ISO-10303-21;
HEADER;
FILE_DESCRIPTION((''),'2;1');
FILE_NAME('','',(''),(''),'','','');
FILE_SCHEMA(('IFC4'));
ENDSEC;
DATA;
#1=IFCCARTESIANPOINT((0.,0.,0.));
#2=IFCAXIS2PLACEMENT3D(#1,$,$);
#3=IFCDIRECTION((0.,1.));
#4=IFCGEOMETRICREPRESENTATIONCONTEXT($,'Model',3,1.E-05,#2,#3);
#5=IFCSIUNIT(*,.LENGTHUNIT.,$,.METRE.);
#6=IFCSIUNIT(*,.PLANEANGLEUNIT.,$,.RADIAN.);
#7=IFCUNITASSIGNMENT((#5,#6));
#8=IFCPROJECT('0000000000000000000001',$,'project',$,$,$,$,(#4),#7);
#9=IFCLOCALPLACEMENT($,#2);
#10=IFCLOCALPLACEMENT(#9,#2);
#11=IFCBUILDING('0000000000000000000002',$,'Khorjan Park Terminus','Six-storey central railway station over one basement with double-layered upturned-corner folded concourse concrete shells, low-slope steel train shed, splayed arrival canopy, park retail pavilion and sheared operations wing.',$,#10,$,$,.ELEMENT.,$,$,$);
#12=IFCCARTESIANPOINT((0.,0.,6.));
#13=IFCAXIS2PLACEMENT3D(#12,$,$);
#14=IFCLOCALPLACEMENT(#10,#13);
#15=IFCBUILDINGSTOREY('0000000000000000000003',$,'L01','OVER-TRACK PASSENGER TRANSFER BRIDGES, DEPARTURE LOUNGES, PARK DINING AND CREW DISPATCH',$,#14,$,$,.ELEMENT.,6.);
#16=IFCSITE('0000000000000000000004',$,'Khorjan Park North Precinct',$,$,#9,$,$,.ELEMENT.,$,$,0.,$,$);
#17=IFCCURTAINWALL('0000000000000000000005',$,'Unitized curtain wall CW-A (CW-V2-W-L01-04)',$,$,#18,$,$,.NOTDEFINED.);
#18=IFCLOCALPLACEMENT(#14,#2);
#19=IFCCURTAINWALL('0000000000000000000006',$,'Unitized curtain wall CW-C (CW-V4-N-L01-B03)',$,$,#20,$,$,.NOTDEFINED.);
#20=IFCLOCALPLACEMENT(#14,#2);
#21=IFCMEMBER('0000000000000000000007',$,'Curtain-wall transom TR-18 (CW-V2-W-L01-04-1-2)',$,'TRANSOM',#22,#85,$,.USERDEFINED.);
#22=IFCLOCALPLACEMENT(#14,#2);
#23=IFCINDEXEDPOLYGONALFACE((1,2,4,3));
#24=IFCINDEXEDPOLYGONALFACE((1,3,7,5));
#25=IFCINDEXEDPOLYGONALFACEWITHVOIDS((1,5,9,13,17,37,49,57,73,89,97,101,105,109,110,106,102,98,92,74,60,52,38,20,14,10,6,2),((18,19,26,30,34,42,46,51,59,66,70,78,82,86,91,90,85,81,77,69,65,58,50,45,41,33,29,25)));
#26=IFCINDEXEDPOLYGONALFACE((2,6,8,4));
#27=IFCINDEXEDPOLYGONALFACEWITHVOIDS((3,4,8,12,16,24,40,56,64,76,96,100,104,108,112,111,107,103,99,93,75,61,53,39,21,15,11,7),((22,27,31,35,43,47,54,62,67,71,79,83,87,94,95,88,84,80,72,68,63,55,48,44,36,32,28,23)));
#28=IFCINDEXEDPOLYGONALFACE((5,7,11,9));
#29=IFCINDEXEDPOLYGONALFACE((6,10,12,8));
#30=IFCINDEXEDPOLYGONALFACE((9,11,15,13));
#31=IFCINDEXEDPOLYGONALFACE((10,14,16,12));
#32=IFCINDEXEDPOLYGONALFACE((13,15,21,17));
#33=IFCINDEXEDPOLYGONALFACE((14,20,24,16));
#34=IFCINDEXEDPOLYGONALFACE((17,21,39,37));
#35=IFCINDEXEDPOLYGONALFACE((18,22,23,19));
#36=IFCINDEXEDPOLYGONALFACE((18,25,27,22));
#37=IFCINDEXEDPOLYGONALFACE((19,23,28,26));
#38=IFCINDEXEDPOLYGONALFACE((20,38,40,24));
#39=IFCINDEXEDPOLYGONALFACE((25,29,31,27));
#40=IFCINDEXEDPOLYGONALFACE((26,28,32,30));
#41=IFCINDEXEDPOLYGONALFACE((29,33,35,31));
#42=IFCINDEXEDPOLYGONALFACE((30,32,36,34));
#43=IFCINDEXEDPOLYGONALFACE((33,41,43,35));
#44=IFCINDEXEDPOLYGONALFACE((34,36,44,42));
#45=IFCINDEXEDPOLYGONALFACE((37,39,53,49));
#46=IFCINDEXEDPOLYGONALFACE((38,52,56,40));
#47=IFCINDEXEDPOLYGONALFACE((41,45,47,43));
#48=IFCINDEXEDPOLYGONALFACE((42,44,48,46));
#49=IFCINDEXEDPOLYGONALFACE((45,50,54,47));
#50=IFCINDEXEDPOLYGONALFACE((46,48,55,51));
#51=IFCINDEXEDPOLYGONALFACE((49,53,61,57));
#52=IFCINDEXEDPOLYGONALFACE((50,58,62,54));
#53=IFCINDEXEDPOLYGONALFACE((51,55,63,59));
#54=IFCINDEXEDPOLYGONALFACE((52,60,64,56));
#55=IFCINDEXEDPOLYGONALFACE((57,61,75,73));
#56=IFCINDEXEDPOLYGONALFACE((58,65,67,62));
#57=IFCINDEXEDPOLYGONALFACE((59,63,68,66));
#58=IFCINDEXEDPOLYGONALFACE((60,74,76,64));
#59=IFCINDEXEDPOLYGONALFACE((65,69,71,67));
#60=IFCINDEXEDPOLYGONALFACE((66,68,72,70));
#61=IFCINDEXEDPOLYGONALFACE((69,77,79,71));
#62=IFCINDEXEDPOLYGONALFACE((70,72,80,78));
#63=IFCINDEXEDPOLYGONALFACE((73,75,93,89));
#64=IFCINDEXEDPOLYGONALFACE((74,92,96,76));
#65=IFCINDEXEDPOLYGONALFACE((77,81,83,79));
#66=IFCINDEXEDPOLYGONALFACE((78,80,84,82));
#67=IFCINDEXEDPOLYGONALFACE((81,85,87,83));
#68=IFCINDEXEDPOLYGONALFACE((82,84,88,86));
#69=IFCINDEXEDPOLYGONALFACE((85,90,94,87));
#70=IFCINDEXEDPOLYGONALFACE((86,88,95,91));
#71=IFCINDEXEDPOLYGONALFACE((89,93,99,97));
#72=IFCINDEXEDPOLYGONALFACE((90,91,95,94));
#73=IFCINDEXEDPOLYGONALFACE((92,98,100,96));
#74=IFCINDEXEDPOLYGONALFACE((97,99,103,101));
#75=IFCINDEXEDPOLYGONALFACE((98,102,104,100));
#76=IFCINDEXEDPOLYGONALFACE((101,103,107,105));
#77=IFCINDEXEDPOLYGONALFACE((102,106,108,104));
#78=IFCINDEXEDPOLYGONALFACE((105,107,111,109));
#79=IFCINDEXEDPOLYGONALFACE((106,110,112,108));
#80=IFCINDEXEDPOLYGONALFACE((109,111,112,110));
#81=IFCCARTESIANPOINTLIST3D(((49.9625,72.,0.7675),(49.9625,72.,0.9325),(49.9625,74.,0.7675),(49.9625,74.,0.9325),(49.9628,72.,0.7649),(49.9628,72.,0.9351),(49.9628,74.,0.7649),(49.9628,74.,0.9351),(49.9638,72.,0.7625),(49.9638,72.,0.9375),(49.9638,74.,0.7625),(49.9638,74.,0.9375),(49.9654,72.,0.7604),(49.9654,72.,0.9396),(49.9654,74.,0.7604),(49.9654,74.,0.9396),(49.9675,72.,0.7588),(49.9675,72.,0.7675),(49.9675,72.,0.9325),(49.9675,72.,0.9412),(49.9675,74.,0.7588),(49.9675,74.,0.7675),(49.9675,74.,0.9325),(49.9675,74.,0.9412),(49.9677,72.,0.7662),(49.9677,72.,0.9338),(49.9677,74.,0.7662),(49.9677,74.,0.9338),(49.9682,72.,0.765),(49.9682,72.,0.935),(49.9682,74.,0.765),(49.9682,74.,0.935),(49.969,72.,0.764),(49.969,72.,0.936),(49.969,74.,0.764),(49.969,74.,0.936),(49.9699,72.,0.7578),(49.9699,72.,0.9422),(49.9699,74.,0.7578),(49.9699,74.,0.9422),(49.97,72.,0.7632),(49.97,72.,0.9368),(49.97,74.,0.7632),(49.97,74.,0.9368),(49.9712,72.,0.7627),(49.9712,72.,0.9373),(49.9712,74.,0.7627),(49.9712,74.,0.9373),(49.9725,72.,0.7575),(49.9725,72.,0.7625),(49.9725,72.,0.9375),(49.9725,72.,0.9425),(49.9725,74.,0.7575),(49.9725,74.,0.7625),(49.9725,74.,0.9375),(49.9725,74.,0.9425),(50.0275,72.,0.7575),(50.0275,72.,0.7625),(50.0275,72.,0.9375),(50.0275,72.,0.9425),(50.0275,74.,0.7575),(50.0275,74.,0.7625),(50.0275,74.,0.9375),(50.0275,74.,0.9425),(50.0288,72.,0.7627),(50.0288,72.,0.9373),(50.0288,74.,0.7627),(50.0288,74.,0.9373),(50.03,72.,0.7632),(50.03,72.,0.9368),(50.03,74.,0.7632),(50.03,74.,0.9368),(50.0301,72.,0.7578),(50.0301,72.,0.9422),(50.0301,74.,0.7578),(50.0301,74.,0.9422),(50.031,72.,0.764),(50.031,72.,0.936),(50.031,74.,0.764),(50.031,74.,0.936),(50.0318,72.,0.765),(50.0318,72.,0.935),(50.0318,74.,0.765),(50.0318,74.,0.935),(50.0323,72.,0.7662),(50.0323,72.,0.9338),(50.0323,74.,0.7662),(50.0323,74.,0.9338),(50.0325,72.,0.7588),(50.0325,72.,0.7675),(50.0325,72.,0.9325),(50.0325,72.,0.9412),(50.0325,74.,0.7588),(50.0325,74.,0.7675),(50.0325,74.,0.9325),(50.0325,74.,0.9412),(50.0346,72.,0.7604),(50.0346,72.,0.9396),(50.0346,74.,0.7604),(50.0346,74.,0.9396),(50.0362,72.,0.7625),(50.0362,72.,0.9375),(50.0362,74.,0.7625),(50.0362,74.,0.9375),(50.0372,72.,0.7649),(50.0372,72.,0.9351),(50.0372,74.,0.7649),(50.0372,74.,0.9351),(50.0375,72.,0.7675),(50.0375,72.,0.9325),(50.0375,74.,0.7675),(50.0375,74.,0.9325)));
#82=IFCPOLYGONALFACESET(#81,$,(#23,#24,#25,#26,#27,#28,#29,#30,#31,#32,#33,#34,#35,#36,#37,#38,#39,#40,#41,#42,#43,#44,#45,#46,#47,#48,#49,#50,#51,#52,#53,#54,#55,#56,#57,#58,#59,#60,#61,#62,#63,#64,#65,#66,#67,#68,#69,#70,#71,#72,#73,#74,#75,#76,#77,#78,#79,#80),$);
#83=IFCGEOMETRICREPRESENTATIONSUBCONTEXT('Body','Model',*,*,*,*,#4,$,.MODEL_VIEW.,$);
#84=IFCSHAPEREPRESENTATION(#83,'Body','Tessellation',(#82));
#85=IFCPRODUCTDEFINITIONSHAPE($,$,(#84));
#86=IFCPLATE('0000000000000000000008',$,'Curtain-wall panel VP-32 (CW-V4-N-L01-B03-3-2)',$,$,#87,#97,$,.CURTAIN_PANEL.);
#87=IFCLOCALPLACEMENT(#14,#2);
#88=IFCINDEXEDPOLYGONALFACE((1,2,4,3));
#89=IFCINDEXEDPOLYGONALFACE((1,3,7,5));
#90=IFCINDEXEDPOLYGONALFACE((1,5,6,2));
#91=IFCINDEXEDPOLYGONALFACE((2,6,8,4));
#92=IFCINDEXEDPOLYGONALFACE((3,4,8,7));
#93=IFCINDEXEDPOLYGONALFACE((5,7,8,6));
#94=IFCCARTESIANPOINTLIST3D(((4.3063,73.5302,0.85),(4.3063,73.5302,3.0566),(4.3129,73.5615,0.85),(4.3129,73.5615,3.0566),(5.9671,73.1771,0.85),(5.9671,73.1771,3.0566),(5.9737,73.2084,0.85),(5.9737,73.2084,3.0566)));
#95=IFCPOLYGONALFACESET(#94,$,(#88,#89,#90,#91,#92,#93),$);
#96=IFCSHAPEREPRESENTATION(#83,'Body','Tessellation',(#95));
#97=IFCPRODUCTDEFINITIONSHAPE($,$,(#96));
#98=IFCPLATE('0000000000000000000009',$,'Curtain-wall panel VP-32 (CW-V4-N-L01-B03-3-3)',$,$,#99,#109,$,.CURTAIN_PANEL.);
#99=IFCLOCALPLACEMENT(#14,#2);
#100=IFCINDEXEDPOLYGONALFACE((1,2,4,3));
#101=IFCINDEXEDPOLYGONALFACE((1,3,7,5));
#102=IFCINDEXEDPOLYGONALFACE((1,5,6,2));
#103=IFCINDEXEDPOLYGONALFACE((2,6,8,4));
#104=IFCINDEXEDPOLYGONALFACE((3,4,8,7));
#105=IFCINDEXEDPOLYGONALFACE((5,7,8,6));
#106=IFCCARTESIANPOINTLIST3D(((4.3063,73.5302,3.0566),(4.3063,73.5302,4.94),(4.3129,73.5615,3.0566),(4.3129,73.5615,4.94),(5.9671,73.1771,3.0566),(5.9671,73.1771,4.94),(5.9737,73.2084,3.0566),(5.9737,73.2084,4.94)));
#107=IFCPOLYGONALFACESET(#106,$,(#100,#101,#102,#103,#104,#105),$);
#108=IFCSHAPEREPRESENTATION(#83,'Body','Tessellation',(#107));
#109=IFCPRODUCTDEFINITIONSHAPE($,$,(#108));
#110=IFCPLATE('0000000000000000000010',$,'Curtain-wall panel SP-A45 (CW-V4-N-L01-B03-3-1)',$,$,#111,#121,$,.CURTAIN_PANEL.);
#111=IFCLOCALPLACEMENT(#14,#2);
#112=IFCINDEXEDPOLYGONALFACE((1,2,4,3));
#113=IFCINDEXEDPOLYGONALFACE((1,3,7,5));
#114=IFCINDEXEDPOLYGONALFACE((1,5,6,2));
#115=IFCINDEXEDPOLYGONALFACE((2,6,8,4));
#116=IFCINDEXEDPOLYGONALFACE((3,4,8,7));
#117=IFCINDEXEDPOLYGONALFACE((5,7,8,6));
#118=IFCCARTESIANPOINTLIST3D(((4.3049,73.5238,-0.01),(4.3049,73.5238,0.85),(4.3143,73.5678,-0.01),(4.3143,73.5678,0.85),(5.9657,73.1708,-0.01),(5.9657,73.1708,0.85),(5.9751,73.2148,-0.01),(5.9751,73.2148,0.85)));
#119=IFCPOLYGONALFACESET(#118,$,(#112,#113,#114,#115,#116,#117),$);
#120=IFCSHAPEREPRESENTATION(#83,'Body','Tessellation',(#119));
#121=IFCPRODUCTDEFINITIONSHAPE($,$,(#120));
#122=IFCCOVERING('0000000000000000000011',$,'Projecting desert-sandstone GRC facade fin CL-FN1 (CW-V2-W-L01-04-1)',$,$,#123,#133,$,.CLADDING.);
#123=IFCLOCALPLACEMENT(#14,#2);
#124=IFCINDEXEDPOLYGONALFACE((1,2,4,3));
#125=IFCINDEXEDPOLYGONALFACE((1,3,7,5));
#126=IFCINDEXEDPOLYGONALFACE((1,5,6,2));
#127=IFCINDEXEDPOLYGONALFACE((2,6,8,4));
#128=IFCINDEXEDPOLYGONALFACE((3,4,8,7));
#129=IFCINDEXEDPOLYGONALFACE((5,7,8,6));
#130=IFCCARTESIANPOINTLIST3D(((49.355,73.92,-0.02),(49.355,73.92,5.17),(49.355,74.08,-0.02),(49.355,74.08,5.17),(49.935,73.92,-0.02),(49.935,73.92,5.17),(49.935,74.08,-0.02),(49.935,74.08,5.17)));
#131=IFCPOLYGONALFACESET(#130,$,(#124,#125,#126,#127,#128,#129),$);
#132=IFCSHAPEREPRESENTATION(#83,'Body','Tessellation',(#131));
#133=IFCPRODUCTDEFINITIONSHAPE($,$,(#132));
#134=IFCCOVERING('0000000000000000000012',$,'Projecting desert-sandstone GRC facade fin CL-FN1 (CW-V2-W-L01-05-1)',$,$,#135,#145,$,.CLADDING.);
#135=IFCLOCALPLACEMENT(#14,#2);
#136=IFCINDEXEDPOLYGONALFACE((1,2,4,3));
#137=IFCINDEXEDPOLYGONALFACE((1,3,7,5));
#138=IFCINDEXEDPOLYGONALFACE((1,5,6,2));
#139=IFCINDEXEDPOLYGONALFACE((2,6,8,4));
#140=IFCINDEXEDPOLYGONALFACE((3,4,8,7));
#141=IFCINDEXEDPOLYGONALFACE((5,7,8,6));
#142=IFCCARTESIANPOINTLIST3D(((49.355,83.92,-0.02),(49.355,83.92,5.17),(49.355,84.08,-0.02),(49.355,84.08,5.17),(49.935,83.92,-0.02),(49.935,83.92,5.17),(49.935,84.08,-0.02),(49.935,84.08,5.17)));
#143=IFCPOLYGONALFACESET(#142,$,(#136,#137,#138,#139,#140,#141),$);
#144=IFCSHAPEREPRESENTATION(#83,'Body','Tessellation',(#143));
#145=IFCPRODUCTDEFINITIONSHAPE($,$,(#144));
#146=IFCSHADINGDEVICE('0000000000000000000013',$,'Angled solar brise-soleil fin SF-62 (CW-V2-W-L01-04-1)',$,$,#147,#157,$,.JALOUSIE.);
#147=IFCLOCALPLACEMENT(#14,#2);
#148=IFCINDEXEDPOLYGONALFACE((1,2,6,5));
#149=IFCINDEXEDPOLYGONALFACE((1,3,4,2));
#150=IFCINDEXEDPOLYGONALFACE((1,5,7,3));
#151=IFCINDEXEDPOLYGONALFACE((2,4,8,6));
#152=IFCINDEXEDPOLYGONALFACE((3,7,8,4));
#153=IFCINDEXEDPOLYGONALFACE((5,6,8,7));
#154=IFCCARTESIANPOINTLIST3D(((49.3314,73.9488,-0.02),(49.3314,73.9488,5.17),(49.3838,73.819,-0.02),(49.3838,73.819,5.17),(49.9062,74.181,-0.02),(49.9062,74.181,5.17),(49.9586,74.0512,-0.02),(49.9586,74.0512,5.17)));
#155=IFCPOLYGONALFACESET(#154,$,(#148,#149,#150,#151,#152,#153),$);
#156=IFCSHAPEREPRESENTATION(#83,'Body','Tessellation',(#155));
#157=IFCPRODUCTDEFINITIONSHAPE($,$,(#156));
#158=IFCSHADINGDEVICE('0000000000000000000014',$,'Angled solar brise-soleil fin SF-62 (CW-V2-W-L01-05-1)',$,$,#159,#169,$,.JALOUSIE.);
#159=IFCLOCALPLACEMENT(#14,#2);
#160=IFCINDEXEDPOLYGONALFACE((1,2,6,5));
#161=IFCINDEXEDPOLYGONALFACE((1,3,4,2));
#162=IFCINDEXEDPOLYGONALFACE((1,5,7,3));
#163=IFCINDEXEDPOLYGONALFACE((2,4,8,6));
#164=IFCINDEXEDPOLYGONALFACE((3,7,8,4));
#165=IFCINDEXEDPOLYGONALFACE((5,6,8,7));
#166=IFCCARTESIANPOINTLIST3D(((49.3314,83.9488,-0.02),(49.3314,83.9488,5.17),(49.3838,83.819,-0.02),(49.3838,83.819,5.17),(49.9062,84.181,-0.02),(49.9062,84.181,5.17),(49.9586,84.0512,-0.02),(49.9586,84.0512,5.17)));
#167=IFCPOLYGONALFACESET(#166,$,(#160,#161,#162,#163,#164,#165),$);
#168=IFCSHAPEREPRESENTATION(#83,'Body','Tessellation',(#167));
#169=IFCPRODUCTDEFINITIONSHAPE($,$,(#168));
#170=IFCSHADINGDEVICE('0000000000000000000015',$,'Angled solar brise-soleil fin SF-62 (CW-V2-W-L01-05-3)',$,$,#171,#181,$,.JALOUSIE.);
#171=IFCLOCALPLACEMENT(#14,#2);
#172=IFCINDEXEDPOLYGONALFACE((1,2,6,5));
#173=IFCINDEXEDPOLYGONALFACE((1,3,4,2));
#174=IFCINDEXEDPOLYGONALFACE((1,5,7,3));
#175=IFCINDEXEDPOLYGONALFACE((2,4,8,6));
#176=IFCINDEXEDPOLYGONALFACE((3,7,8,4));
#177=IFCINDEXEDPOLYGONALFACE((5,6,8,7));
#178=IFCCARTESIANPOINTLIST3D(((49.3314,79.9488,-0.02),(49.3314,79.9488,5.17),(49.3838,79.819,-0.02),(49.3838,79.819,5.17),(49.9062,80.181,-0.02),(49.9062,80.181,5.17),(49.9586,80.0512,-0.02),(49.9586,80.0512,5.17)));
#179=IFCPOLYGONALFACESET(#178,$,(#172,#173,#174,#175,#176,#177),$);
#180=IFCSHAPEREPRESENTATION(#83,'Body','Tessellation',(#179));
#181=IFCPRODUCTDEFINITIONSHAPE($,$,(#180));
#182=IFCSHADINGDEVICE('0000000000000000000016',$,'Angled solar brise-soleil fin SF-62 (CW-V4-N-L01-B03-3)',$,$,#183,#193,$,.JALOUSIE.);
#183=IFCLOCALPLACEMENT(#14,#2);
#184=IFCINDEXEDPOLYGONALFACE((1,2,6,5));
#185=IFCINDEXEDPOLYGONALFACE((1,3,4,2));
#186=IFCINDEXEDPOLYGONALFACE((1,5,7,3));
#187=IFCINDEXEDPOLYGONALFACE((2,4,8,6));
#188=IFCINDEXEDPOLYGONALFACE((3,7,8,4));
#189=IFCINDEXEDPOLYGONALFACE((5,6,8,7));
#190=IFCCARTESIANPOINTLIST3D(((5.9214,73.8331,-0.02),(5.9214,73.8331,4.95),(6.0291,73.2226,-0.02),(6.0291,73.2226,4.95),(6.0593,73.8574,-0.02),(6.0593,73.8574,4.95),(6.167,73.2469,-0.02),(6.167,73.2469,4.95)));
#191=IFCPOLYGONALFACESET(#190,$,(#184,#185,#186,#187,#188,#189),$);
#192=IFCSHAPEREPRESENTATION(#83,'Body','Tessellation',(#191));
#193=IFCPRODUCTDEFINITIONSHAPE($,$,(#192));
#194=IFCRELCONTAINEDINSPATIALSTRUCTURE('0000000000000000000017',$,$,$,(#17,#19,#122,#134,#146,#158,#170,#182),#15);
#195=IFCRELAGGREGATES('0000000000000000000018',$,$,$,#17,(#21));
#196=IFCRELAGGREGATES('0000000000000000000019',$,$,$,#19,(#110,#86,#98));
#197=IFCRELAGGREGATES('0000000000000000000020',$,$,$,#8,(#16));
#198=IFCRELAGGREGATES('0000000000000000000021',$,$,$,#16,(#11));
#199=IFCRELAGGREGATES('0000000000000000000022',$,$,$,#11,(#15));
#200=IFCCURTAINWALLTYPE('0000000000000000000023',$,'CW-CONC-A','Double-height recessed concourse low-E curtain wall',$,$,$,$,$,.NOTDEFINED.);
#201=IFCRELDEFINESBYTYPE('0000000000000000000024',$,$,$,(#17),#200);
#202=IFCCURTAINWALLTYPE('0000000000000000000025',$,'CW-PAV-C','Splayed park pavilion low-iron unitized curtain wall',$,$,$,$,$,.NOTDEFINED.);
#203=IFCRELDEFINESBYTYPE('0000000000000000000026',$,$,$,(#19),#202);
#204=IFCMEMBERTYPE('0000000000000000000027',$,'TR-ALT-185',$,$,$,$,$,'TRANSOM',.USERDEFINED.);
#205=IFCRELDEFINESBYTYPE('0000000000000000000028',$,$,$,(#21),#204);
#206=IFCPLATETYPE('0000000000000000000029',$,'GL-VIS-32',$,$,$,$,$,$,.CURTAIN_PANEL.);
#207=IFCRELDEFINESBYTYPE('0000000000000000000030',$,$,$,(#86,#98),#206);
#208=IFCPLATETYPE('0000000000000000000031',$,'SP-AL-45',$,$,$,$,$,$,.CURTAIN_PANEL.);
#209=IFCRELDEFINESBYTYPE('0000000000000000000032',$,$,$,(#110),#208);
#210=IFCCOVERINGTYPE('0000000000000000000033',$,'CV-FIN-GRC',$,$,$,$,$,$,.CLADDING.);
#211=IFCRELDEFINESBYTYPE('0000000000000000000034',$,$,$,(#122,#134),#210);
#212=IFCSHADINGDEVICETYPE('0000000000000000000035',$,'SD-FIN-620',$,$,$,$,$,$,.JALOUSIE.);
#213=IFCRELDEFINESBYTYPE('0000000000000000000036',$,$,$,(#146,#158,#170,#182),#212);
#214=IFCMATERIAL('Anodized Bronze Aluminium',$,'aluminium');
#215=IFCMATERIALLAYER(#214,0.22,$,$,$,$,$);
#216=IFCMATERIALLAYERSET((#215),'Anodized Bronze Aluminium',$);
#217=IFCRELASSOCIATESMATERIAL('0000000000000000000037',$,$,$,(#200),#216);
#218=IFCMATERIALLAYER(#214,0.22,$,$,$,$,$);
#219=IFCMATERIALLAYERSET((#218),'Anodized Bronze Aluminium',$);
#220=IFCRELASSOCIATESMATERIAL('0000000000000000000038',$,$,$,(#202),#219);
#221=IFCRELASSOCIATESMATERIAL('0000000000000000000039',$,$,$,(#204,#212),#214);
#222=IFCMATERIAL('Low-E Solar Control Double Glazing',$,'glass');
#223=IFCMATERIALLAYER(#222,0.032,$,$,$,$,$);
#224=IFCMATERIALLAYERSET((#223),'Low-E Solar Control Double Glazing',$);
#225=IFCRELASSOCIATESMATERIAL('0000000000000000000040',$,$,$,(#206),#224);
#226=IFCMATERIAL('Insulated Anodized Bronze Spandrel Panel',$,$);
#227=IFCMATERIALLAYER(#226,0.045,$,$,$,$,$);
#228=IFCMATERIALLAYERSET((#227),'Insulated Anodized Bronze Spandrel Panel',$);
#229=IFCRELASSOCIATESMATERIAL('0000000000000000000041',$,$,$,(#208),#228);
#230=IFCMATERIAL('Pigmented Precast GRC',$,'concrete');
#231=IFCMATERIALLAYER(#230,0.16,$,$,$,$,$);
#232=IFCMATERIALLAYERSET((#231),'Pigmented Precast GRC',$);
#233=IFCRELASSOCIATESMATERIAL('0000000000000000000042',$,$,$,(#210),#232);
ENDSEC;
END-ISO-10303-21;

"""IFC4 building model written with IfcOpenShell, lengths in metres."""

from ifc_helpers import new_model, si_unit, direction, frame, origin, origin_2d, place, context, subcontext, project, spatial, rectangle, hollow_rectangle, extrude, material, layer, layer_set, material_profile, profile_set, type_object, element, aggregate, save


model = new_model("IFC4")

# Units and contexts
model_context = context("Model", 3, precision=1e-05, world=origin(), true_north=direction((0.0, 1.0)))
body_context = subcontext(model_context, "Body", "Model", "MODEL_VIEW")
ifc_project = project(units=[si_unit("LENGTHUNIT", "METRE"), si_unit("PLANEANGLEUNIT", "RADIAN")], contexts=[model_context])

# Site, building, storey
site_placement = place(None, origin())
site = spatial("IfcSite", under=ifc_project, at=site_placement, Name="Khorjan Park North Precinct", CompositionType="ELEMENT", RefElevation=0.0)
building_placement = place(site_placement, origin())
building = spatial("IfcBuilding", under=site, at=building_placement, Name="Khorjan Park Terminus", Description="Six-storey central railway station over one basement with double-layered upturned-corner folded concourse concrete shells, low-slope steel train shed, splayed arrival canopy, park retail pavilion and sheared operations wing.", CompositionType="ELEMENT")
storey_placement = place(building_placement, frame((0.0, 0.0, 6.0)))
storey = spatial("IfcBuildingStorey", under=building, at=storey_placement, Name="L01", Description="OVER-TRACK PASSENGER TRANSFER BRIDGES, DEPARTURE LOUNGES, PARK DINING AND CREW DISPATCH", CompositionType="ELEMENT", Elevation=6.0)

# Curtain wall
ifc_material_1 = material(Name="Anodized Bronze Aluminium", Category="aluminium")
ifc_layer_1 = layer(ifc_material_1, 0.22)
ifc_layer_set_1 = layer_set([ifc_layer_1], Name="Anodized Bronze Aluminium")
curtain_wall_type_1 = type_object("IfcCurtainWallType", Name="CW-CONC-A", Description="Double-height recessed concourse low-E curtain wall", PredefinedType="NOTDEFINED", material=ifc_layer_set_1)
curtain_wall_1_placement = place(storey_placement, origin())
curtain_wall_1 = element("IfcCurtainWall", 1, at=curtain_wall_1_placement, inside=storey, type_object=curtain_wall_type_1, Name="Unitized curtain wall CW-A (CW-V2-W-L01-04)", PredefinedType="NOTDEFINED")

# Curtain wall
ifc_layer_2 = layer(ifc_material_1, 0.22)
ifc_layer_set_2 = layer_set([ifc_layer_2], Name="Anodized Bronze Aluminium")
curtain_wall_type_2 = type_object("IfcCurtainWallType", Name="CW-PAV-C", Description="Splayed park pavilion low-iron unitized curtain wall", PredefinedType="NOTDEFINED", material=ifc_layer_set_2)
curtain_wall_2_placement = place(storey_placement, origin())
curtain_wall_2 = element("IfcCurtainWall", 2, at=curtain_wall_2_placement, inside=storey, type_object=curtain_wall_type_2, Name="Unitized curtain wall CW-C (CW-V4-N-L01-B03)", PredefinedType="NOTDEFINED")

# Member
ifc_material_profile_1 = material_profile(ifc_material_1, hollow_rectangle(XDim=0.075, YDim=0.185, WallThickness=0.005, InnerFilletRadius=0.005, OuterFilletRadius=0.01, at=origin_2d()), Name="ALT 75x185x5")
ifc_profile_set_1 = profile_set([ifc_material_profile_1], Name="Anodized Bronze Aluminium")
member_type_1 = type_object("IfcMemberType", Name="TR-ALT-185", ElementType="TRANSOM", PredefinedType="USERDEFINED", material=ifc_profile_set_1)
member_1_placement = place(storey_placement, frame((50.0, 74.0, 0.85), z_axis=(0.0, -1.0, 0.0), x_axis=(1.0, 0.0, 0.0)))
member_1 = element("IfcMember", 3, at=member_1_placement, type_object=member_type_1, Name="Curtain-wall transom TR-18 (CW-V2-W-L01-04-1-2)", ObjectType="TRANSOM", PredefinedType="USERDEFINED", context=body_context, shape_type="SweptSolid", body=[
    extrude(hollow_rectangle(XDim=0.075, YDim=0.185, WallThickness=0.005, InnerFilletRadius=0.005, OuterFilletRadius=0.01, at=origin_2d()), origin(), (0.0, 0.0, 1.0), 2.0),
])
aggregate(curtain_wall_1, [member_1])

# Plates
ifc_material_2 = material(Name="Low-E Solar Control Double Glazing", Category="glass")
ifc_layer_3 = layer(ifc_material_2, 0.032)
ifc_layer_set_3 = layer_set([ifc_layer_3], Name="Low-E Solar Control Double Glazing")
plate_type_1 = type_object("IfcPlateType", Name="GL-VIS-32", PredefinedType="CURTAIN_PANEL", material=ifc_layer_set_3)
plate_1_placement = place(storey_placement, frame((5.14, 73.3693, 0.85), z_axis=(0.0, 0.0, 1.0), x_axis=(-0.978146, 0.207917, 0.0)))
plate_1 = element("IfcPlate", 4, at=plate_1_placement, type_object=plate_type_1, Name="Curtain-wall panel VP-32 (CW-V4-N-L01-B03-3-2)", PredefinedType="CURTAIN_PANEL", context=body_context, shape_type="SweptSolid", body=[
    extrude(rectangle(XDim=1.6979, YDim=0.032, at=origin_2d()), origin(), (0.0, 0.0, 1.0), 2.2066),
])
plate_2_placement = place(storey_placement, frame((5.14, 73.3693, 3.0566), z_axis=(0.0, 0.0, 1.0), x_axis=(-0.978146, 0.207917, 0.0)))
plate_2 = element("IfcPlate", 5, at=plate_2_placement, type_object=plate_type_1, Name="Curtain-wall panel VP-32 (CW-V4-N-L01-B03-3-3)", PredefinedType="CURTAIN_PANEL", context=body_context, shape_type="SweptSolid", body=[
    extrude(rectangle(XDim=1.6979, YDim=0.032, at=origin_2d()), origin(), (0.0, 0.0, 1.0), 1.8834),
])
ifc_material_3 = material(Name="Insulated Anodized Bronze Spandrel Panel")
ifc_layer_4 = layer(ifc_material_3, 0.045)
ifc_layer_set_4 = layer_set([ifc_layer_4], Name="Insulated Anodized Bronze Spandrel Panel")
plate_type_2 = type_object("IfcPlateType", Name="SP-AL-45", PredefinedType="CURTAIN_PANEL", material=ifc_layer_set_4)
plate_3_placement = place(storey_placement, frame((5.14, 73.3693, -0.01), z_axis=(0.0, 0.0, 1.0), x_axis=(-0.978146, 0.207917, 0.0)))
plate_3 = element("IfcPlate", 6, at=plate_3_placement, type_object=plate_type_2, Name="Curtain-wall panel SP-A45 (CW-V4-N-L01-B03-3-1)", PredefinedType="CURTAIN_PANEL", context=body_context, shape_type="SweptSolid", body=[
    extrude(rectangle(XDim=1.6979, YDim=0.045, at=origin_2d()), origin(), (0.0, 0.0, 1.0), 0.86),
])
aggregate(curtain_wall_2, [plate_3, plate_1, plate_2])

# Coverings
ifc_material_4 = material(Name="Pigmented Precast GRC", Category="concrete")
ifc_layer_5 = layer(ifc_material_4, 0.16)
ifc_layer_set_5 = layer_set([ifc_layer_5], Name="Pigmented Precast GRC")
covering_type = type_object("IfcCoveringType", Name="CV-FIN-GRC", PredefinedType="CLADDING", material=ifc_layer_set_5)
for number, where, z_axis, x_axis, name in (
    (7, (49.645, 74.0, -0.02), (0.0, 0.0, 1.0), (1.0, 0.0, 0.0), "Projecting desert-sandstone GRC facade fin CL-FN1 (CW-V2-W-L01-04-1)"),
    (8, (49.645, 84.0, -0.02), (0.0, 0.0, 1.0), (1.0, 0.0, 0.0), "Projecting desert-sandstone GRC facade fin CL-FN1 (CW-V2-W-L01-05-1)"),
):
    element("IfcCovering", number, at=place(storey_placement, frame(where, z_axis=z_axis, x_axis=x_axis)), inside=storey, type_object=covering_type, Name=name, PredefinedType="CLADDING", context=body_context, shape_type="SweptSolid", body=[
        extrude(rectangle(XDim=0.58, YDim=0.16, at=origin_2d()), origin(), (0.0, 0.0, 1.0), 5.19),
    ])

# Shading devices
shading_device_type = type_object("IfcShadingDeviceType", Name="SD-FIN-620", PredefinedType="JALOUSIE", material=ifc_material_1)
for number, where, z_axis, x_axis, name in (
    (9, (49.645, 74.0, -0.02), (0.0, 0.0, 1.0), (0.927184, 0.374607, 0.0), "Angled solar brise-soleil fin SF-62 (CW-V2-W-L01-04-1)"),
    (10, (49.645, 84.0, -0.02), (0.0, 0.0, 1.0), (0.927184, 0.374607, 0.0), "Angled solar brise-soleil fin SF-62 (CW-V2-W-L01-05-1)"),
    (11, (49.645, 80.0, -0.02), (0.0, 0.0, 1.0), (0.927184, 0.374607, 0.0), "Angled solar brise-soleil fin SF-62 (CW-V2-W-L01-05-3)"),
):
    element("IfcShadingDevice", number, at=place(storey_placement, frame(where, z_axis=z_axis, x_axis=x_axis)), inside=storey, type_object=shading_device_type, Name=name, PredefinedType="JALOUSIE", context=body_context, shape_type="SweptSolid", body=[
        extrude(rectangle(XDim=0.62, YDim=0.14, at=origin_2d()), origin(), (0.0, 0.0, 1.0), 5.19),
    ])
shading_device_placement = place(storey_placement, frame((6.0442, 73.54, -0.02), z_axis=(0.0, 0.0, 1.0), x_axis=(0.173648, -0.984808, 0.0)))
element("IfcShadingDevice", 12, at=shading_device_placement, inside=storey, type_object=shading_device_type, Name="Angled solar brise-soleil fin SF-62 (CW-V4-N-L01-B03-3)", PredefinedType="JALOUSIE", context=body_context, shape_type="SweptSolid", body=[
    extrude(rectangle(XDim=0.62, YDim=0.14, at=origin_2d()), origin(), (0.0, 0.0, 1.0), 4.97),
])

save(model, "model.ifc")
